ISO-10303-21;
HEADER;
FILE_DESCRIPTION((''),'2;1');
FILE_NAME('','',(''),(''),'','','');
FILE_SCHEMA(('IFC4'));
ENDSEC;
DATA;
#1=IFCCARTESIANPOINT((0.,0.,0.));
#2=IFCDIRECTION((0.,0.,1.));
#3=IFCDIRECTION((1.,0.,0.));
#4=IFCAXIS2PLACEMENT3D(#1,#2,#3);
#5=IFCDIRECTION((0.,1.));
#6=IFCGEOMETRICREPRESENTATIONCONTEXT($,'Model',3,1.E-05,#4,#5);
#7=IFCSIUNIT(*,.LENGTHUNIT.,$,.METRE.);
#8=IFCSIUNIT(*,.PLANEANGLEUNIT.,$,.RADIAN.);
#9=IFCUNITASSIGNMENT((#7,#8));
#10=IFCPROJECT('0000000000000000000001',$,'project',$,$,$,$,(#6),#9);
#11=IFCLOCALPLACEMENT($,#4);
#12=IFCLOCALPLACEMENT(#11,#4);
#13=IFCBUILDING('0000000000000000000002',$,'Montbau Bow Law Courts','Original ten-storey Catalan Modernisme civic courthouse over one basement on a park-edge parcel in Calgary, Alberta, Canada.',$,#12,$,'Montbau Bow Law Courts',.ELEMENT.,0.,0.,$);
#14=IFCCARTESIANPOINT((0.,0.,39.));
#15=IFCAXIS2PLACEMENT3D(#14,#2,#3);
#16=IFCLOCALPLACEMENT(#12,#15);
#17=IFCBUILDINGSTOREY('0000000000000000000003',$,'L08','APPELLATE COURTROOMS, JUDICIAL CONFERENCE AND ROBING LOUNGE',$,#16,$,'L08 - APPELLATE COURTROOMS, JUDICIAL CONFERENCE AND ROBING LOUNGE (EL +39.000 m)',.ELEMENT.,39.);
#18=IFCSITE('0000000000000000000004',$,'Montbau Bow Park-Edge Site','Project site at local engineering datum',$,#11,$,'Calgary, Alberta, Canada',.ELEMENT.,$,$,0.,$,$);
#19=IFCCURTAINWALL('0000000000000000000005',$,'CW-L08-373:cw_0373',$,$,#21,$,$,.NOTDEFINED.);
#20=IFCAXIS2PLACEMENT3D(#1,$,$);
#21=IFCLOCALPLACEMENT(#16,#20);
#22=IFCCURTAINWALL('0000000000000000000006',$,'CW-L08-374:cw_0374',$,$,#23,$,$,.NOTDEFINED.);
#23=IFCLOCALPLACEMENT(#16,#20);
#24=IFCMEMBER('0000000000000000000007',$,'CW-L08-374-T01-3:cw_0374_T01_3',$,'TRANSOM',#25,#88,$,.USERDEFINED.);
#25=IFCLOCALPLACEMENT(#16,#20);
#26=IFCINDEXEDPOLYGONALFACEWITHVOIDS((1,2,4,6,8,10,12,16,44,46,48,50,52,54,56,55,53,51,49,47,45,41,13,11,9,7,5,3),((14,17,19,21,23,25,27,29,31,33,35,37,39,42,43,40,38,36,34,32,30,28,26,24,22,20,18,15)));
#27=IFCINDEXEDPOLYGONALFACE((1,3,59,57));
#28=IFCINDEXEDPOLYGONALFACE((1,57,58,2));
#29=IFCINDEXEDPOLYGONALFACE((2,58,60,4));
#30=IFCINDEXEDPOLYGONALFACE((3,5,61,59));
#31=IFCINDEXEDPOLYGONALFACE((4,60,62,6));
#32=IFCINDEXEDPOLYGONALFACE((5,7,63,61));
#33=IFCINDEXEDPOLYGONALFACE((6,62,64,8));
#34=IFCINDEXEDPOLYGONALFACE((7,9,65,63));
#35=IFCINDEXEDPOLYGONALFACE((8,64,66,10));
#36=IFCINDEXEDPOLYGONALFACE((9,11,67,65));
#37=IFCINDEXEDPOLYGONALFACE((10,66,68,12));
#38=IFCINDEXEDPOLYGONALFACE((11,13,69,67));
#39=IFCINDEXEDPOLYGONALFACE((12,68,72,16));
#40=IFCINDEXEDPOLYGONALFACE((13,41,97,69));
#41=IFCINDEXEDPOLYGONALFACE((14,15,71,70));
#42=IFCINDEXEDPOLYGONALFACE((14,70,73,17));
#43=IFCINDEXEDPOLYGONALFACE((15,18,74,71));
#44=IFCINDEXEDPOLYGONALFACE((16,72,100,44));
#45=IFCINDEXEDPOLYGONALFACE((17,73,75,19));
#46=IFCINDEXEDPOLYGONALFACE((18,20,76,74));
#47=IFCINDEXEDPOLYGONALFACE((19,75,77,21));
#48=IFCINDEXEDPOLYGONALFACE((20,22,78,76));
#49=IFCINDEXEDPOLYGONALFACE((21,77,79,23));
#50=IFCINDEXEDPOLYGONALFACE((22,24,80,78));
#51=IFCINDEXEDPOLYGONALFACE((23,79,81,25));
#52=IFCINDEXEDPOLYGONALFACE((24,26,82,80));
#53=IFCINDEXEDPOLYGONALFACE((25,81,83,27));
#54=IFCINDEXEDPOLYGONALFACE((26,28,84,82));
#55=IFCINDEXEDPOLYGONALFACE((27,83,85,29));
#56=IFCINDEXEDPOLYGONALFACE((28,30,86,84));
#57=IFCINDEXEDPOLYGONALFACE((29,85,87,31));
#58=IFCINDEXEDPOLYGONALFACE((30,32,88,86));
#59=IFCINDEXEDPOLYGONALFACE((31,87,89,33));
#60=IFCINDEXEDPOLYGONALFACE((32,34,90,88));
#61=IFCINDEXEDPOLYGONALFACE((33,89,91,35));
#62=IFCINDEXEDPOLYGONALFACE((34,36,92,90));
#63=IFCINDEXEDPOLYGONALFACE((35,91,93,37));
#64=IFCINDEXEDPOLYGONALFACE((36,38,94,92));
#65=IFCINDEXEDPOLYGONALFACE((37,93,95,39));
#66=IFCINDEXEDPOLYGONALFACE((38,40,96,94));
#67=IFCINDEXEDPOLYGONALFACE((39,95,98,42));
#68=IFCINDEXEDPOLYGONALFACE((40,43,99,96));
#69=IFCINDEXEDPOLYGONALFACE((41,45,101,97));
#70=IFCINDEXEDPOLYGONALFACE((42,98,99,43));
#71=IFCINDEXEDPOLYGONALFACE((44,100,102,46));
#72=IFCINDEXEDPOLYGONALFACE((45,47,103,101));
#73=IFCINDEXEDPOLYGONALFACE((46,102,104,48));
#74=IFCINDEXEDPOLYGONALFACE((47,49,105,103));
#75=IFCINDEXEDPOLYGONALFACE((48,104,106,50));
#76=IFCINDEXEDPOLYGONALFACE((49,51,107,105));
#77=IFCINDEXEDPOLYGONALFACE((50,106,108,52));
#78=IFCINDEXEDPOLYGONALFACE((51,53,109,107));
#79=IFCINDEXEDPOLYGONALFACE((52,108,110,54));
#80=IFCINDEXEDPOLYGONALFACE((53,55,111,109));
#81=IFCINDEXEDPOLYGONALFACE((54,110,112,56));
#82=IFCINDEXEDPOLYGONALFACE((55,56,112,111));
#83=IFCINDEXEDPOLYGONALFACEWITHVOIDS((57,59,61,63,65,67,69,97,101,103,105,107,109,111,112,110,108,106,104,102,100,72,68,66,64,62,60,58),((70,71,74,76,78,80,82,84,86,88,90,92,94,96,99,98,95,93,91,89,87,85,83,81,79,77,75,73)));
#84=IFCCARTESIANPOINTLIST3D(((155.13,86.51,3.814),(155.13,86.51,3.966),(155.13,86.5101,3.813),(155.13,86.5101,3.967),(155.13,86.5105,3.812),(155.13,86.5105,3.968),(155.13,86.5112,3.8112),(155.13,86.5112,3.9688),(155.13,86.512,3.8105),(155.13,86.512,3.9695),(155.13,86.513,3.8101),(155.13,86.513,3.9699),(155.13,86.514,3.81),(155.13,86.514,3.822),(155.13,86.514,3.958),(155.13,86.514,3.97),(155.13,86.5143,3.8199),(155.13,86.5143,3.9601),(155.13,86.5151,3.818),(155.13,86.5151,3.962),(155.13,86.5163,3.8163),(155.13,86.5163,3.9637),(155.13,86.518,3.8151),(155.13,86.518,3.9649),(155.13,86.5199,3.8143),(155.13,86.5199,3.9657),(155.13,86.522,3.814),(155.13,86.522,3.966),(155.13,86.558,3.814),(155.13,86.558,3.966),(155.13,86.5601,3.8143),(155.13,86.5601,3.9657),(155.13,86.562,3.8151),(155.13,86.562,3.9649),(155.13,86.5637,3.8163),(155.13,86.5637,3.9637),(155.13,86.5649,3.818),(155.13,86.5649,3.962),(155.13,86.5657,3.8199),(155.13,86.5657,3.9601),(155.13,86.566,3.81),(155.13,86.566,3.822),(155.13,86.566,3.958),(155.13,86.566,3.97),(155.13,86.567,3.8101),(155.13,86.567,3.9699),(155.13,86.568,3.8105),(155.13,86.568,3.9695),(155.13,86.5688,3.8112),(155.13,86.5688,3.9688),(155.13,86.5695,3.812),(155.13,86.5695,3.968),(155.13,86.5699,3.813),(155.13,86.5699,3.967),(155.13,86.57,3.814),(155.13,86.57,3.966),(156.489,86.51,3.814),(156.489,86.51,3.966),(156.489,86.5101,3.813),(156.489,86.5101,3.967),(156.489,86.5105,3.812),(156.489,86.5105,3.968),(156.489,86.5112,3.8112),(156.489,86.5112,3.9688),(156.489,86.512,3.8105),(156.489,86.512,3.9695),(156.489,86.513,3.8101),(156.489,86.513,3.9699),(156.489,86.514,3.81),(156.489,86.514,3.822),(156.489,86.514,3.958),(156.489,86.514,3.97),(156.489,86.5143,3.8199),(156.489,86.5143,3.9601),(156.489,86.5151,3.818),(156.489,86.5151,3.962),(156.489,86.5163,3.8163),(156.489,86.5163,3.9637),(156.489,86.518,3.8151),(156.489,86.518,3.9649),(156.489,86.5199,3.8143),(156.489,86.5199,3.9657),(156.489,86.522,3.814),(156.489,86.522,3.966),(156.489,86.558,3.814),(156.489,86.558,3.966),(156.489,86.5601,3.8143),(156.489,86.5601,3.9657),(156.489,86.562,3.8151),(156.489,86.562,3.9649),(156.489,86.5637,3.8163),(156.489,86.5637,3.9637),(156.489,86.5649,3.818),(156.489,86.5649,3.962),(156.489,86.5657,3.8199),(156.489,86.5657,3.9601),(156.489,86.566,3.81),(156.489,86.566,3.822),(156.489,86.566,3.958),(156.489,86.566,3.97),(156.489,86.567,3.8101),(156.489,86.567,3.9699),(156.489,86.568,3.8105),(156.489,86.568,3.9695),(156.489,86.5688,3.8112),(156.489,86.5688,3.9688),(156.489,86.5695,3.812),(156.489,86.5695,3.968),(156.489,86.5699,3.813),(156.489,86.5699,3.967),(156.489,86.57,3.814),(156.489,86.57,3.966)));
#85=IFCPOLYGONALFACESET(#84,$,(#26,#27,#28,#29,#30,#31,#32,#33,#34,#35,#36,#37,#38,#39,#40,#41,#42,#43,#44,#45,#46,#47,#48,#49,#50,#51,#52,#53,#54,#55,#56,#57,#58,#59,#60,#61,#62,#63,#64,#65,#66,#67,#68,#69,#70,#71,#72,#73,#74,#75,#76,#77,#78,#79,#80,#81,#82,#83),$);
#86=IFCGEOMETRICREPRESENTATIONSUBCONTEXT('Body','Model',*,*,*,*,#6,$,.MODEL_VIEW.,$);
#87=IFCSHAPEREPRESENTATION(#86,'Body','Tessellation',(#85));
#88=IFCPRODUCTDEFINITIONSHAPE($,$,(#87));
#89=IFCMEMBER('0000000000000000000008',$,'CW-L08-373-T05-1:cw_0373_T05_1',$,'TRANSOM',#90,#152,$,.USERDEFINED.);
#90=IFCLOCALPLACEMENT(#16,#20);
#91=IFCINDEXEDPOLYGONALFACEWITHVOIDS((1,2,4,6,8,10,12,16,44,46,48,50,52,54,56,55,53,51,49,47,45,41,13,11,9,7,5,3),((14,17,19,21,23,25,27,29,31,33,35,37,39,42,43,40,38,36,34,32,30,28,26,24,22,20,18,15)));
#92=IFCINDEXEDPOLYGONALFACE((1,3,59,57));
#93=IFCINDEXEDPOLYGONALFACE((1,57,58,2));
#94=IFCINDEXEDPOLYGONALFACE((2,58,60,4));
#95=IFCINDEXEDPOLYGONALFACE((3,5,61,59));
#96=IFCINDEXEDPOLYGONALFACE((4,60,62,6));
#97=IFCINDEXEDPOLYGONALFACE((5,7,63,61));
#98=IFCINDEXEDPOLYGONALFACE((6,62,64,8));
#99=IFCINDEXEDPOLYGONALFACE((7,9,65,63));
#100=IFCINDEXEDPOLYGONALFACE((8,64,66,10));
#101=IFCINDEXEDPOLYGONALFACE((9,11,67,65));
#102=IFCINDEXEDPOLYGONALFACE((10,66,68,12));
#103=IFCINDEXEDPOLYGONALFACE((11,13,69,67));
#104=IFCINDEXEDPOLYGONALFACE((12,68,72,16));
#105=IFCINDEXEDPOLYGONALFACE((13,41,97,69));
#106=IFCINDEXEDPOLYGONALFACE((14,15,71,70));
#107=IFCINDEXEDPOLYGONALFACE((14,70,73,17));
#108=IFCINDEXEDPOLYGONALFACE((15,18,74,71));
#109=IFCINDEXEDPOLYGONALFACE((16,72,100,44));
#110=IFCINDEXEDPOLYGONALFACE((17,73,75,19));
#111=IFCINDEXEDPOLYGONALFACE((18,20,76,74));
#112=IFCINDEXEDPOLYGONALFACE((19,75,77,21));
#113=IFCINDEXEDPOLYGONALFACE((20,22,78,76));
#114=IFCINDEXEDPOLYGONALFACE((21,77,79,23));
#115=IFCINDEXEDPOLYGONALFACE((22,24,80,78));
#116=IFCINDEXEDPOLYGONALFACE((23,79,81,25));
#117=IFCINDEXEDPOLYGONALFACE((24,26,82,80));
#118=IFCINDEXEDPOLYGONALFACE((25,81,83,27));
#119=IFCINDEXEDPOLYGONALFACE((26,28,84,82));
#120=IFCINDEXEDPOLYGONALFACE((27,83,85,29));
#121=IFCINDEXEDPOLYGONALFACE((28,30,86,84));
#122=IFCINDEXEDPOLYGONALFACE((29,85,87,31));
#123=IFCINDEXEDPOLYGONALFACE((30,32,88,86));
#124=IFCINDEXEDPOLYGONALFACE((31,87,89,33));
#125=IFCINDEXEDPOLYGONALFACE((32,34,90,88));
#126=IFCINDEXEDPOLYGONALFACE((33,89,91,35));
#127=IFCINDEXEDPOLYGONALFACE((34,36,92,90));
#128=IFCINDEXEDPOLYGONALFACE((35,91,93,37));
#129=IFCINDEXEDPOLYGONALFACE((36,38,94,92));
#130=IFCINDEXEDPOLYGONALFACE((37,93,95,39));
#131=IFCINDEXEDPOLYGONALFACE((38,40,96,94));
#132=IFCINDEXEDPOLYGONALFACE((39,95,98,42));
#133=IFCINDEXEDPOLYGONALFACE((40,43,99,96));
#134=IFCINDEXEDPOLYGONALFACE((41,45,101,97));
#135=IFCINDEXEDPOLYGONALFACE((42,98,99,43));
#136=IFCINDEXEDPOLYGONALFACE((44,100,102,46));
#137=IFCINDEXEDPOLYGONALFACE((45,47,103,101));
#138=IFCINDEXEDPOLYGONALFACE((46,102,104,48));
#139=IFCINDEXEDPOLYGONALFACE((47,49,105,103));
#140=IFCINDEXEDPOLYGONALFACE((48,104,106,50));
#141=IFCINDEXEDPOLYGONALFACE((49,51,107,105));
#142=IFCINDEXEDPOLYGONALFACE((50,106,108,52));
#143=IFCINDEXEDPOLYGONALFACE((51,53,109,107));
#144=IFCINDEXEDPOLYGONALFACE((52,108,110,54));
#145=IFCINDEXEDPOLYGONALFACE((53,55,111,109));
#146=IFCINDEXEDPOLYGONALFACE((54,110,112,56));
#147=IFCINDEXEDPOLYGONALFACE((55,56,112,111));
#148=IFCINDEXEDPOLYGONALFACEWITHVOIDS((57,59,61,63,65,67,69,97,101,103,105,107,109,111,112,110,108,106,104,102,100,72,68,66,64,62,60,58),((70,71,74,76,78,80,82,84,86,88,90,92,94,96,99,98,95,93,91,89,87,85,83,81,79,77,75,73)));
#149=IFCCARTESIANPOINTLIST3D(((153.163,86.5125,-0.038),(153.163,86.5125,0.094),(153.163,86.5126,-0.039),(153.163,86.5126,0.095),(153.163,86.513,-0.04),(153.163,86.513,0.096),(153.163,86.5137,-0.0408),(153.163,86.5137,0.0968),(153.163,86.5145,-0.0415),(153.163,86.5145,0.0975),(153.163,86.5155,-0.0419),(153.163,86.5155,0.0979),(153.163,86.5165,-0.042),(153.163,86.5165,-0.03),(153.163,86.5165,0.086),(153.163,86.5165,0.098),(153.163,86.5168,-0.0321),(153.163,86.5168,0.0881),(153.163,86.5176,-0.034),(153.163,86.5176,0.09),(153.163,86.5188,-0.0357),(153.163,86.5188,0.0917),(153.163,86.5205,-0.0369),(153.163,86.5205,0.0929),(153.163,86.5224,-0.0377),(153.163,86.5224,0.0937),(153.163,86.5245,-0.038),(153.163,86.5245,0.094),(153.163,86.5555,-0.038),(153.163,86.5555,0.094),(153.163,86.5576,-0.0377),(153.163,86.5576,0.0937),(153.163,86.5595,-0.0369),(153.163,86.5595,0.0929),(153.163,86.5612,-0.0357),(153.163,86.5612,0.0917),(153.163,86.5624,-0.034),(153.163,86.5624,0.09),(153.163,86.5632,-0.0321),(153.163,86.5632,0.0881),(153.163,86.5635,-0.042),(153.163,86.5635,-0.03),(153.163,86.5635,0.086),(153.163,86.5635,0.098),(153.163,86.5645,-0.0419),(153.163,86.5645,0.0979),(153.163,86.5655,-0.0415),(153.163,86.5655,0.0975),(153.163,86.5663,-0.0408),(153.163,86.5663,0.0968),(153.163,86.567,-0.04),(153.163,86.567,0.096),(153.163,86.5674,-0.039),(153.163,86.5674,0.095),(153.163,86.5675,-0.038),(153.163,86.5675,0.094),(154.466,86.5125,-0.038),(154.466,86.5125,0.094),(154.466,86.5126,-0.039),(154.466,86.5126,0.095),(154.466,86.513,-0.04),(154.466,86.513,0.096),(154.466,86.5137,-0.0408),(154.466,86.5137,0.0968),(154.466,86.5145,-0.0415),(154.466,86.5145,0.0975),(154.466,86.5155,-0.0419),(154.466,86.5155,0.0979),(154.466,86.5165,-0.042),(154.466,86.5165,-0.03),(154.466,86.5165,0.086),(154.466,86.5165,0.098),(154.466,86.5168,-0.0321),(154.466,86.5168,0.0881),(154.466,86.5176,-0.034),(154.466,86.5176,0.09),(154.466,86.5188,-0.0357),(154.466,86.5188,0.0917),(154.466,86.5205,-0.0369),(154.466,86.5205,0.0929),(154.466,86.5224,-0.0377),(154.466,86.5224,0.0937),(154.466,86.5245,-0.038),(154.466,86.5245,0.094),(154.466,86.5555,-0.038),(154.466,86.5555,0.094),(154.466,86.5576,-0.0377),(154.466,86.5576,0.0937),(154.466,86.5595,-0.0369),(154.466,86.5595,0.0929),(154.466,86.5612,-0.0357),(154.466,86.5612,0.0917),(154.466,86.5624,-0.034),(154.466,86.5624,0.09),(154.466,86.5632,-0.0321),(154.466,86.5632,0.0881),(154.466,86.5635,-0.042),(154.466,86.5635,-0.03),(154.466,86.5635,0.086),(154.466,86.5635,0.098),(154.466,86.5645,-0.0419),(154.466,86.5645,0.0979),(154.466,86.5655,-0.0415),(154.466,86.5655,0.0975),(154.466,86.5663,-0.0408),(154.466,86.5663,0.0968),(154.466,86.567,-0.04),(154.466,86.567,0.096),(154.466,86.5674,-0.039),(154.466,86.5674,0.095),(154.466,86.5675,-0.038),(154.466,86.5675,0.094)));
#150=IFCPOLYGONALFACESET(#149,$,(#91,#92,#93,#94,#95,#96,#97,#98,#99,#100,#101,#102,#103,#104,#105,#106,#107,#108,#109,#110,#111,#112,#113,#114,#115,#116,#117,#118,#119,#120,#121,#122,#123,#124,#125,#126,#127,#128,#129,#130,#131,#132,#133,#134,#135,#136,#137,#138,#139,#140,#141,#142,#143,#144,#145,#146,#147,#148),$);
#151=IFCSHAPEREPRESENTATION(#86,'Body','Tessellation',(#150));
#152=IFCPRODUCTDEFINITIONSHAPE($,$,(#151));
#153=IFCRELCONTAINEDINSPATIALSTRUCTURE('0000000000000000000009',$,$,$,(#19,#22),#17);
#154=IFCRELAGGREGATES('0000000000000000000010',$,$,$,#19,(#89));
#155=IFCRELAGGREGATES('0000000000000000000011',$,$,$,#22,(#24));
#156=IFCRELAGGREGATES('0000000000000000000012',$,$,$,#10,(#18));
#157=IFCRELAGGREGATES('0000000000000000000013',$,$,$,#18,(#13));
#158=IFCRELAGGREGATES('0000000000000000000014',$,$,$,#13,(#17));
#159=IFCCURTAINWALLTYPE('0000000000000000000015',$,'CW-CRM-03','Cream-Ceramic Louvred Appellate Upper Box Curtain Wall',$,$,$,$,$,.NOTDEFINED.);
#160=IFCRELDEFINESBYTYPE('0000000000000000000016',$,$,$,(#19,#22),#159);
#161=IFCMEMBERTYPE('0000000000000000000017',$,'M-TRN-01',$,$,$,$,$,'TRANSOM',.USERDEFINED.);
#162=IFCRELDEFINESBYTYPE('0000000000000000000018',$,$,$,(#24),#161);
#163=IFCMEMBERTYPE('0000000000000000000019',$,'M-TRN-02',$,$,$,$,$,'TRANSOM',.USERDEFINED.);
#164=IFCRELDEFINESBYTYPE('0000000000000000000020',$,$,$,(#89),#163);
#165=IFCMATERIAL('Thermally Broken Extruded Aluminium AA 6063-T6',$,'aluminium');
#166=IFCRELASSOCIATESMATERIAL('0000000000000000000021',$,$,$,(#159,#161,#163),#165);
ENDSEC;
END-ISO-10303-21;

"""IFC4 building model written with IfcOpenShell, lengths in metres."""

from ifc_helpers import new_model, si_unit, direction, frame, origin_with_axes, origin_2d_with_axis, place, context, subcontext, project, spatial, hollow_rectangle, extrude, material, material_profile, profile_set, type_object, element, aggregate, save


model = new_model("IFC4")

# Units and contexts
model_context = context("Model", 3, precision=1e-05, world=origin_with_axes(), true_north=direction((0.0, 1.0)))
body_context = subcontext(model_context, "Body", "Model", "MODEL_VIEW")
ifc_project = project(units=[si_unit("LENGTHUNIT", "METRE"), si_unit("PLANEANGLEUNIT", "RADIAN")], contexts=[model_context])

# Site, building, storey
site_placement = place(None, origin_with_axes())
site = spatial("IfcSite", under=ifc_project, at=site_placement, Name="Montbau Bow Park-Edge Site", Description="Project site at local engineering datum", LongName="Calgary, Alberta, Canada", CompositionType="ELEMENT", RefElevation=0.0)
building_placement = place(site_placement, origin_with_axes())
building = spatial("IfcBuilding", under=site, at=building_placement, Name="Montbau Bow Law Courts", Description="Original ten-storey Catalan Modernisme civic courthouse over one basement on a park-edge parcel in Calgary, Alberta, Canada.", LongName="Montbau Bow Law Courts", CompositionType="ELEMENT", ElevationOfRefHeight=0.0, ElevationOfTerrain=0.0)
storey_placement = place(building_placement, frame((0.0, 0.0, 39.0), z_axis=(0.0, 0.0, 1.0), x_axis=(1.0, 0.0, 0.0)))
storey = spatial("IfcBuildingStorey", under=building, at=storey_placement, Name="L08", Description="APPELLATE COURTROOMS, JUDICIAL CONFERENCE AND ROBING LOUNGE", LongName="L08 - APPELLATE COURTROOMS, JUDICIAL CONFERENCE AND ROBING LOUNGE (EL +39.000 m)", CompositionType="ELEMENT", Elevation=39.0)

# Curtain wall
ifc_material_1 = material(Name="Thermally Broken Extruded Aluminium AA 6063-T6", Category="aluminium")
curtain_wall_type = type_object("IfcCurtainWallType", Name="CW-CRM-03", Description="Cream-Ceramic Louvred Appellate Upper Box Curtain Wall", PredefinedType="NOTDEFINED", material=ifc_material_1)
curtain_wall_1_placement = place(None, frame((147.515, 86.54, 39.0), z_axis=(0.0, 0.0, 1.0), x_axis=(1.0, 0.0, 0.0)))
curtain_wall_1 = element("IfcCurtainWall", 1, at=curtain_wall_1_placement, inside=storey, type_object=curtain_wall_type, Name="CW-L08-373:cw_0373", PredefinedType="NOTDEFINED")

# Curtain wall, member
curtain_wall_2_placement = place(None, frame((155.068, 86.54, 39.0), z_axis=(0.0, 0.0, 1.0), x_axis=(1.0, 0.0, 0.0)))
curtain_wall_2 = element("IfcCurtainWall", 2, at=curtain_wall_2_placement, inside=storey, type_object=curtain_wall_type, Name="CW-L08-374:cw_0374", PredefinedType="NOTDEFINED")
ifc_material_profile_1 = material_profile(ifc_material_1, hollow_rectangle(XDim=0.06, YDim=0.16, WallThickness=0.004, InnerFilletRadius=0.008, OuterFilletRadius=0.004, at=origin_2d_with_axis()), Name="CWT-160X60", Category="Main", Priority=0)
ifc_profile_set_1 = profile_set([ifc_material_profile_1], Name="Thermally Broken Extruded Aluminium AA 6063-T6")
member_type_1 = type_object("IfcMemberType", Name="M-TRN-01", ElementType="TRANSOM", PredefinedType="USERDEFINED", material=ifc_profile_set_1)
member_1_placement = place(None, frame((155.13, 86.54, 42.89), z_axis=(1.0, 0.0, 0.0), x_axis=(0.0, 1.0, 0.0)))
member_1 = element("IfcMember", 3, at=member_1_placement, type_object=member_type_1, Name="CW-L08-374-T01-3:cw_0374_T01_3", ObjectType="TRANSOM", PredefinedType="USERDEFINED", context=body_context, shape_type="SweptSolid", body=[
    extrude(hollow_rectangle(XDim=0.06, YDim=0.16, WallThickness=0.004, InnerFilletRadius=0.008, OuterFilletRadius=0.004, at=origin_2d_with_axis()), origin_with_axes(), (0.0, 0.0, 1.0), 1.359),
])

# Member
ifc_material_profile_2 = material_profile(ifc_material_1, hollow_rectangle(XDim=0.055, YDim=0.14, WallThickness=0.004, InnerFilletRadius=0.008, OuterFilletRadius=0.004, at=origin_2d_with_axis()), Name="CWT-140X55", Category="Main", Priority=0)
ifc_profile_set_2 = profile_set([ifc_material_profile_2], Name="Thermally Broken Extruded Aluminium AA 6063-T6")
member_type_2 = type_object("IfcMemberType", Name="M-TRN-02", ElementType="TRANSOM", PredefinedType="USERDEFINED", material=ifc_profile_set_2)
member_2_placement = place(None, frame((153.163, 86.54, 39.028), z_axis=(1.0, 0.0, 0.0), x_axis=(0.0, 1.0, 0.0)))
member_2 = element("IfcMember", 4, at=member_2_placement, type_object=member_type_2, Name="CW-L08-373-T05-1:cw_0373_T05_1", ObjectType="TRANSOM", PredefinedType="USERDEFINED", context=body_context, shape_type="SweptSolid", body=[
    extrude(hollow_rectangle(XDim=0.055, YDim=0.14, WallThickness=0.004, InnerFilletRadius=0.008, OuterFilletRadius=0.004, at=origin_2d_with_axis()), origin_with_axes(), (0.0, 0.0, 1.0), 1.303),
])

aggregate(curtain_wall_1, [member_2])
aggregate(curtain_wall_2, [member_1])

save(model, "model.ifc")
